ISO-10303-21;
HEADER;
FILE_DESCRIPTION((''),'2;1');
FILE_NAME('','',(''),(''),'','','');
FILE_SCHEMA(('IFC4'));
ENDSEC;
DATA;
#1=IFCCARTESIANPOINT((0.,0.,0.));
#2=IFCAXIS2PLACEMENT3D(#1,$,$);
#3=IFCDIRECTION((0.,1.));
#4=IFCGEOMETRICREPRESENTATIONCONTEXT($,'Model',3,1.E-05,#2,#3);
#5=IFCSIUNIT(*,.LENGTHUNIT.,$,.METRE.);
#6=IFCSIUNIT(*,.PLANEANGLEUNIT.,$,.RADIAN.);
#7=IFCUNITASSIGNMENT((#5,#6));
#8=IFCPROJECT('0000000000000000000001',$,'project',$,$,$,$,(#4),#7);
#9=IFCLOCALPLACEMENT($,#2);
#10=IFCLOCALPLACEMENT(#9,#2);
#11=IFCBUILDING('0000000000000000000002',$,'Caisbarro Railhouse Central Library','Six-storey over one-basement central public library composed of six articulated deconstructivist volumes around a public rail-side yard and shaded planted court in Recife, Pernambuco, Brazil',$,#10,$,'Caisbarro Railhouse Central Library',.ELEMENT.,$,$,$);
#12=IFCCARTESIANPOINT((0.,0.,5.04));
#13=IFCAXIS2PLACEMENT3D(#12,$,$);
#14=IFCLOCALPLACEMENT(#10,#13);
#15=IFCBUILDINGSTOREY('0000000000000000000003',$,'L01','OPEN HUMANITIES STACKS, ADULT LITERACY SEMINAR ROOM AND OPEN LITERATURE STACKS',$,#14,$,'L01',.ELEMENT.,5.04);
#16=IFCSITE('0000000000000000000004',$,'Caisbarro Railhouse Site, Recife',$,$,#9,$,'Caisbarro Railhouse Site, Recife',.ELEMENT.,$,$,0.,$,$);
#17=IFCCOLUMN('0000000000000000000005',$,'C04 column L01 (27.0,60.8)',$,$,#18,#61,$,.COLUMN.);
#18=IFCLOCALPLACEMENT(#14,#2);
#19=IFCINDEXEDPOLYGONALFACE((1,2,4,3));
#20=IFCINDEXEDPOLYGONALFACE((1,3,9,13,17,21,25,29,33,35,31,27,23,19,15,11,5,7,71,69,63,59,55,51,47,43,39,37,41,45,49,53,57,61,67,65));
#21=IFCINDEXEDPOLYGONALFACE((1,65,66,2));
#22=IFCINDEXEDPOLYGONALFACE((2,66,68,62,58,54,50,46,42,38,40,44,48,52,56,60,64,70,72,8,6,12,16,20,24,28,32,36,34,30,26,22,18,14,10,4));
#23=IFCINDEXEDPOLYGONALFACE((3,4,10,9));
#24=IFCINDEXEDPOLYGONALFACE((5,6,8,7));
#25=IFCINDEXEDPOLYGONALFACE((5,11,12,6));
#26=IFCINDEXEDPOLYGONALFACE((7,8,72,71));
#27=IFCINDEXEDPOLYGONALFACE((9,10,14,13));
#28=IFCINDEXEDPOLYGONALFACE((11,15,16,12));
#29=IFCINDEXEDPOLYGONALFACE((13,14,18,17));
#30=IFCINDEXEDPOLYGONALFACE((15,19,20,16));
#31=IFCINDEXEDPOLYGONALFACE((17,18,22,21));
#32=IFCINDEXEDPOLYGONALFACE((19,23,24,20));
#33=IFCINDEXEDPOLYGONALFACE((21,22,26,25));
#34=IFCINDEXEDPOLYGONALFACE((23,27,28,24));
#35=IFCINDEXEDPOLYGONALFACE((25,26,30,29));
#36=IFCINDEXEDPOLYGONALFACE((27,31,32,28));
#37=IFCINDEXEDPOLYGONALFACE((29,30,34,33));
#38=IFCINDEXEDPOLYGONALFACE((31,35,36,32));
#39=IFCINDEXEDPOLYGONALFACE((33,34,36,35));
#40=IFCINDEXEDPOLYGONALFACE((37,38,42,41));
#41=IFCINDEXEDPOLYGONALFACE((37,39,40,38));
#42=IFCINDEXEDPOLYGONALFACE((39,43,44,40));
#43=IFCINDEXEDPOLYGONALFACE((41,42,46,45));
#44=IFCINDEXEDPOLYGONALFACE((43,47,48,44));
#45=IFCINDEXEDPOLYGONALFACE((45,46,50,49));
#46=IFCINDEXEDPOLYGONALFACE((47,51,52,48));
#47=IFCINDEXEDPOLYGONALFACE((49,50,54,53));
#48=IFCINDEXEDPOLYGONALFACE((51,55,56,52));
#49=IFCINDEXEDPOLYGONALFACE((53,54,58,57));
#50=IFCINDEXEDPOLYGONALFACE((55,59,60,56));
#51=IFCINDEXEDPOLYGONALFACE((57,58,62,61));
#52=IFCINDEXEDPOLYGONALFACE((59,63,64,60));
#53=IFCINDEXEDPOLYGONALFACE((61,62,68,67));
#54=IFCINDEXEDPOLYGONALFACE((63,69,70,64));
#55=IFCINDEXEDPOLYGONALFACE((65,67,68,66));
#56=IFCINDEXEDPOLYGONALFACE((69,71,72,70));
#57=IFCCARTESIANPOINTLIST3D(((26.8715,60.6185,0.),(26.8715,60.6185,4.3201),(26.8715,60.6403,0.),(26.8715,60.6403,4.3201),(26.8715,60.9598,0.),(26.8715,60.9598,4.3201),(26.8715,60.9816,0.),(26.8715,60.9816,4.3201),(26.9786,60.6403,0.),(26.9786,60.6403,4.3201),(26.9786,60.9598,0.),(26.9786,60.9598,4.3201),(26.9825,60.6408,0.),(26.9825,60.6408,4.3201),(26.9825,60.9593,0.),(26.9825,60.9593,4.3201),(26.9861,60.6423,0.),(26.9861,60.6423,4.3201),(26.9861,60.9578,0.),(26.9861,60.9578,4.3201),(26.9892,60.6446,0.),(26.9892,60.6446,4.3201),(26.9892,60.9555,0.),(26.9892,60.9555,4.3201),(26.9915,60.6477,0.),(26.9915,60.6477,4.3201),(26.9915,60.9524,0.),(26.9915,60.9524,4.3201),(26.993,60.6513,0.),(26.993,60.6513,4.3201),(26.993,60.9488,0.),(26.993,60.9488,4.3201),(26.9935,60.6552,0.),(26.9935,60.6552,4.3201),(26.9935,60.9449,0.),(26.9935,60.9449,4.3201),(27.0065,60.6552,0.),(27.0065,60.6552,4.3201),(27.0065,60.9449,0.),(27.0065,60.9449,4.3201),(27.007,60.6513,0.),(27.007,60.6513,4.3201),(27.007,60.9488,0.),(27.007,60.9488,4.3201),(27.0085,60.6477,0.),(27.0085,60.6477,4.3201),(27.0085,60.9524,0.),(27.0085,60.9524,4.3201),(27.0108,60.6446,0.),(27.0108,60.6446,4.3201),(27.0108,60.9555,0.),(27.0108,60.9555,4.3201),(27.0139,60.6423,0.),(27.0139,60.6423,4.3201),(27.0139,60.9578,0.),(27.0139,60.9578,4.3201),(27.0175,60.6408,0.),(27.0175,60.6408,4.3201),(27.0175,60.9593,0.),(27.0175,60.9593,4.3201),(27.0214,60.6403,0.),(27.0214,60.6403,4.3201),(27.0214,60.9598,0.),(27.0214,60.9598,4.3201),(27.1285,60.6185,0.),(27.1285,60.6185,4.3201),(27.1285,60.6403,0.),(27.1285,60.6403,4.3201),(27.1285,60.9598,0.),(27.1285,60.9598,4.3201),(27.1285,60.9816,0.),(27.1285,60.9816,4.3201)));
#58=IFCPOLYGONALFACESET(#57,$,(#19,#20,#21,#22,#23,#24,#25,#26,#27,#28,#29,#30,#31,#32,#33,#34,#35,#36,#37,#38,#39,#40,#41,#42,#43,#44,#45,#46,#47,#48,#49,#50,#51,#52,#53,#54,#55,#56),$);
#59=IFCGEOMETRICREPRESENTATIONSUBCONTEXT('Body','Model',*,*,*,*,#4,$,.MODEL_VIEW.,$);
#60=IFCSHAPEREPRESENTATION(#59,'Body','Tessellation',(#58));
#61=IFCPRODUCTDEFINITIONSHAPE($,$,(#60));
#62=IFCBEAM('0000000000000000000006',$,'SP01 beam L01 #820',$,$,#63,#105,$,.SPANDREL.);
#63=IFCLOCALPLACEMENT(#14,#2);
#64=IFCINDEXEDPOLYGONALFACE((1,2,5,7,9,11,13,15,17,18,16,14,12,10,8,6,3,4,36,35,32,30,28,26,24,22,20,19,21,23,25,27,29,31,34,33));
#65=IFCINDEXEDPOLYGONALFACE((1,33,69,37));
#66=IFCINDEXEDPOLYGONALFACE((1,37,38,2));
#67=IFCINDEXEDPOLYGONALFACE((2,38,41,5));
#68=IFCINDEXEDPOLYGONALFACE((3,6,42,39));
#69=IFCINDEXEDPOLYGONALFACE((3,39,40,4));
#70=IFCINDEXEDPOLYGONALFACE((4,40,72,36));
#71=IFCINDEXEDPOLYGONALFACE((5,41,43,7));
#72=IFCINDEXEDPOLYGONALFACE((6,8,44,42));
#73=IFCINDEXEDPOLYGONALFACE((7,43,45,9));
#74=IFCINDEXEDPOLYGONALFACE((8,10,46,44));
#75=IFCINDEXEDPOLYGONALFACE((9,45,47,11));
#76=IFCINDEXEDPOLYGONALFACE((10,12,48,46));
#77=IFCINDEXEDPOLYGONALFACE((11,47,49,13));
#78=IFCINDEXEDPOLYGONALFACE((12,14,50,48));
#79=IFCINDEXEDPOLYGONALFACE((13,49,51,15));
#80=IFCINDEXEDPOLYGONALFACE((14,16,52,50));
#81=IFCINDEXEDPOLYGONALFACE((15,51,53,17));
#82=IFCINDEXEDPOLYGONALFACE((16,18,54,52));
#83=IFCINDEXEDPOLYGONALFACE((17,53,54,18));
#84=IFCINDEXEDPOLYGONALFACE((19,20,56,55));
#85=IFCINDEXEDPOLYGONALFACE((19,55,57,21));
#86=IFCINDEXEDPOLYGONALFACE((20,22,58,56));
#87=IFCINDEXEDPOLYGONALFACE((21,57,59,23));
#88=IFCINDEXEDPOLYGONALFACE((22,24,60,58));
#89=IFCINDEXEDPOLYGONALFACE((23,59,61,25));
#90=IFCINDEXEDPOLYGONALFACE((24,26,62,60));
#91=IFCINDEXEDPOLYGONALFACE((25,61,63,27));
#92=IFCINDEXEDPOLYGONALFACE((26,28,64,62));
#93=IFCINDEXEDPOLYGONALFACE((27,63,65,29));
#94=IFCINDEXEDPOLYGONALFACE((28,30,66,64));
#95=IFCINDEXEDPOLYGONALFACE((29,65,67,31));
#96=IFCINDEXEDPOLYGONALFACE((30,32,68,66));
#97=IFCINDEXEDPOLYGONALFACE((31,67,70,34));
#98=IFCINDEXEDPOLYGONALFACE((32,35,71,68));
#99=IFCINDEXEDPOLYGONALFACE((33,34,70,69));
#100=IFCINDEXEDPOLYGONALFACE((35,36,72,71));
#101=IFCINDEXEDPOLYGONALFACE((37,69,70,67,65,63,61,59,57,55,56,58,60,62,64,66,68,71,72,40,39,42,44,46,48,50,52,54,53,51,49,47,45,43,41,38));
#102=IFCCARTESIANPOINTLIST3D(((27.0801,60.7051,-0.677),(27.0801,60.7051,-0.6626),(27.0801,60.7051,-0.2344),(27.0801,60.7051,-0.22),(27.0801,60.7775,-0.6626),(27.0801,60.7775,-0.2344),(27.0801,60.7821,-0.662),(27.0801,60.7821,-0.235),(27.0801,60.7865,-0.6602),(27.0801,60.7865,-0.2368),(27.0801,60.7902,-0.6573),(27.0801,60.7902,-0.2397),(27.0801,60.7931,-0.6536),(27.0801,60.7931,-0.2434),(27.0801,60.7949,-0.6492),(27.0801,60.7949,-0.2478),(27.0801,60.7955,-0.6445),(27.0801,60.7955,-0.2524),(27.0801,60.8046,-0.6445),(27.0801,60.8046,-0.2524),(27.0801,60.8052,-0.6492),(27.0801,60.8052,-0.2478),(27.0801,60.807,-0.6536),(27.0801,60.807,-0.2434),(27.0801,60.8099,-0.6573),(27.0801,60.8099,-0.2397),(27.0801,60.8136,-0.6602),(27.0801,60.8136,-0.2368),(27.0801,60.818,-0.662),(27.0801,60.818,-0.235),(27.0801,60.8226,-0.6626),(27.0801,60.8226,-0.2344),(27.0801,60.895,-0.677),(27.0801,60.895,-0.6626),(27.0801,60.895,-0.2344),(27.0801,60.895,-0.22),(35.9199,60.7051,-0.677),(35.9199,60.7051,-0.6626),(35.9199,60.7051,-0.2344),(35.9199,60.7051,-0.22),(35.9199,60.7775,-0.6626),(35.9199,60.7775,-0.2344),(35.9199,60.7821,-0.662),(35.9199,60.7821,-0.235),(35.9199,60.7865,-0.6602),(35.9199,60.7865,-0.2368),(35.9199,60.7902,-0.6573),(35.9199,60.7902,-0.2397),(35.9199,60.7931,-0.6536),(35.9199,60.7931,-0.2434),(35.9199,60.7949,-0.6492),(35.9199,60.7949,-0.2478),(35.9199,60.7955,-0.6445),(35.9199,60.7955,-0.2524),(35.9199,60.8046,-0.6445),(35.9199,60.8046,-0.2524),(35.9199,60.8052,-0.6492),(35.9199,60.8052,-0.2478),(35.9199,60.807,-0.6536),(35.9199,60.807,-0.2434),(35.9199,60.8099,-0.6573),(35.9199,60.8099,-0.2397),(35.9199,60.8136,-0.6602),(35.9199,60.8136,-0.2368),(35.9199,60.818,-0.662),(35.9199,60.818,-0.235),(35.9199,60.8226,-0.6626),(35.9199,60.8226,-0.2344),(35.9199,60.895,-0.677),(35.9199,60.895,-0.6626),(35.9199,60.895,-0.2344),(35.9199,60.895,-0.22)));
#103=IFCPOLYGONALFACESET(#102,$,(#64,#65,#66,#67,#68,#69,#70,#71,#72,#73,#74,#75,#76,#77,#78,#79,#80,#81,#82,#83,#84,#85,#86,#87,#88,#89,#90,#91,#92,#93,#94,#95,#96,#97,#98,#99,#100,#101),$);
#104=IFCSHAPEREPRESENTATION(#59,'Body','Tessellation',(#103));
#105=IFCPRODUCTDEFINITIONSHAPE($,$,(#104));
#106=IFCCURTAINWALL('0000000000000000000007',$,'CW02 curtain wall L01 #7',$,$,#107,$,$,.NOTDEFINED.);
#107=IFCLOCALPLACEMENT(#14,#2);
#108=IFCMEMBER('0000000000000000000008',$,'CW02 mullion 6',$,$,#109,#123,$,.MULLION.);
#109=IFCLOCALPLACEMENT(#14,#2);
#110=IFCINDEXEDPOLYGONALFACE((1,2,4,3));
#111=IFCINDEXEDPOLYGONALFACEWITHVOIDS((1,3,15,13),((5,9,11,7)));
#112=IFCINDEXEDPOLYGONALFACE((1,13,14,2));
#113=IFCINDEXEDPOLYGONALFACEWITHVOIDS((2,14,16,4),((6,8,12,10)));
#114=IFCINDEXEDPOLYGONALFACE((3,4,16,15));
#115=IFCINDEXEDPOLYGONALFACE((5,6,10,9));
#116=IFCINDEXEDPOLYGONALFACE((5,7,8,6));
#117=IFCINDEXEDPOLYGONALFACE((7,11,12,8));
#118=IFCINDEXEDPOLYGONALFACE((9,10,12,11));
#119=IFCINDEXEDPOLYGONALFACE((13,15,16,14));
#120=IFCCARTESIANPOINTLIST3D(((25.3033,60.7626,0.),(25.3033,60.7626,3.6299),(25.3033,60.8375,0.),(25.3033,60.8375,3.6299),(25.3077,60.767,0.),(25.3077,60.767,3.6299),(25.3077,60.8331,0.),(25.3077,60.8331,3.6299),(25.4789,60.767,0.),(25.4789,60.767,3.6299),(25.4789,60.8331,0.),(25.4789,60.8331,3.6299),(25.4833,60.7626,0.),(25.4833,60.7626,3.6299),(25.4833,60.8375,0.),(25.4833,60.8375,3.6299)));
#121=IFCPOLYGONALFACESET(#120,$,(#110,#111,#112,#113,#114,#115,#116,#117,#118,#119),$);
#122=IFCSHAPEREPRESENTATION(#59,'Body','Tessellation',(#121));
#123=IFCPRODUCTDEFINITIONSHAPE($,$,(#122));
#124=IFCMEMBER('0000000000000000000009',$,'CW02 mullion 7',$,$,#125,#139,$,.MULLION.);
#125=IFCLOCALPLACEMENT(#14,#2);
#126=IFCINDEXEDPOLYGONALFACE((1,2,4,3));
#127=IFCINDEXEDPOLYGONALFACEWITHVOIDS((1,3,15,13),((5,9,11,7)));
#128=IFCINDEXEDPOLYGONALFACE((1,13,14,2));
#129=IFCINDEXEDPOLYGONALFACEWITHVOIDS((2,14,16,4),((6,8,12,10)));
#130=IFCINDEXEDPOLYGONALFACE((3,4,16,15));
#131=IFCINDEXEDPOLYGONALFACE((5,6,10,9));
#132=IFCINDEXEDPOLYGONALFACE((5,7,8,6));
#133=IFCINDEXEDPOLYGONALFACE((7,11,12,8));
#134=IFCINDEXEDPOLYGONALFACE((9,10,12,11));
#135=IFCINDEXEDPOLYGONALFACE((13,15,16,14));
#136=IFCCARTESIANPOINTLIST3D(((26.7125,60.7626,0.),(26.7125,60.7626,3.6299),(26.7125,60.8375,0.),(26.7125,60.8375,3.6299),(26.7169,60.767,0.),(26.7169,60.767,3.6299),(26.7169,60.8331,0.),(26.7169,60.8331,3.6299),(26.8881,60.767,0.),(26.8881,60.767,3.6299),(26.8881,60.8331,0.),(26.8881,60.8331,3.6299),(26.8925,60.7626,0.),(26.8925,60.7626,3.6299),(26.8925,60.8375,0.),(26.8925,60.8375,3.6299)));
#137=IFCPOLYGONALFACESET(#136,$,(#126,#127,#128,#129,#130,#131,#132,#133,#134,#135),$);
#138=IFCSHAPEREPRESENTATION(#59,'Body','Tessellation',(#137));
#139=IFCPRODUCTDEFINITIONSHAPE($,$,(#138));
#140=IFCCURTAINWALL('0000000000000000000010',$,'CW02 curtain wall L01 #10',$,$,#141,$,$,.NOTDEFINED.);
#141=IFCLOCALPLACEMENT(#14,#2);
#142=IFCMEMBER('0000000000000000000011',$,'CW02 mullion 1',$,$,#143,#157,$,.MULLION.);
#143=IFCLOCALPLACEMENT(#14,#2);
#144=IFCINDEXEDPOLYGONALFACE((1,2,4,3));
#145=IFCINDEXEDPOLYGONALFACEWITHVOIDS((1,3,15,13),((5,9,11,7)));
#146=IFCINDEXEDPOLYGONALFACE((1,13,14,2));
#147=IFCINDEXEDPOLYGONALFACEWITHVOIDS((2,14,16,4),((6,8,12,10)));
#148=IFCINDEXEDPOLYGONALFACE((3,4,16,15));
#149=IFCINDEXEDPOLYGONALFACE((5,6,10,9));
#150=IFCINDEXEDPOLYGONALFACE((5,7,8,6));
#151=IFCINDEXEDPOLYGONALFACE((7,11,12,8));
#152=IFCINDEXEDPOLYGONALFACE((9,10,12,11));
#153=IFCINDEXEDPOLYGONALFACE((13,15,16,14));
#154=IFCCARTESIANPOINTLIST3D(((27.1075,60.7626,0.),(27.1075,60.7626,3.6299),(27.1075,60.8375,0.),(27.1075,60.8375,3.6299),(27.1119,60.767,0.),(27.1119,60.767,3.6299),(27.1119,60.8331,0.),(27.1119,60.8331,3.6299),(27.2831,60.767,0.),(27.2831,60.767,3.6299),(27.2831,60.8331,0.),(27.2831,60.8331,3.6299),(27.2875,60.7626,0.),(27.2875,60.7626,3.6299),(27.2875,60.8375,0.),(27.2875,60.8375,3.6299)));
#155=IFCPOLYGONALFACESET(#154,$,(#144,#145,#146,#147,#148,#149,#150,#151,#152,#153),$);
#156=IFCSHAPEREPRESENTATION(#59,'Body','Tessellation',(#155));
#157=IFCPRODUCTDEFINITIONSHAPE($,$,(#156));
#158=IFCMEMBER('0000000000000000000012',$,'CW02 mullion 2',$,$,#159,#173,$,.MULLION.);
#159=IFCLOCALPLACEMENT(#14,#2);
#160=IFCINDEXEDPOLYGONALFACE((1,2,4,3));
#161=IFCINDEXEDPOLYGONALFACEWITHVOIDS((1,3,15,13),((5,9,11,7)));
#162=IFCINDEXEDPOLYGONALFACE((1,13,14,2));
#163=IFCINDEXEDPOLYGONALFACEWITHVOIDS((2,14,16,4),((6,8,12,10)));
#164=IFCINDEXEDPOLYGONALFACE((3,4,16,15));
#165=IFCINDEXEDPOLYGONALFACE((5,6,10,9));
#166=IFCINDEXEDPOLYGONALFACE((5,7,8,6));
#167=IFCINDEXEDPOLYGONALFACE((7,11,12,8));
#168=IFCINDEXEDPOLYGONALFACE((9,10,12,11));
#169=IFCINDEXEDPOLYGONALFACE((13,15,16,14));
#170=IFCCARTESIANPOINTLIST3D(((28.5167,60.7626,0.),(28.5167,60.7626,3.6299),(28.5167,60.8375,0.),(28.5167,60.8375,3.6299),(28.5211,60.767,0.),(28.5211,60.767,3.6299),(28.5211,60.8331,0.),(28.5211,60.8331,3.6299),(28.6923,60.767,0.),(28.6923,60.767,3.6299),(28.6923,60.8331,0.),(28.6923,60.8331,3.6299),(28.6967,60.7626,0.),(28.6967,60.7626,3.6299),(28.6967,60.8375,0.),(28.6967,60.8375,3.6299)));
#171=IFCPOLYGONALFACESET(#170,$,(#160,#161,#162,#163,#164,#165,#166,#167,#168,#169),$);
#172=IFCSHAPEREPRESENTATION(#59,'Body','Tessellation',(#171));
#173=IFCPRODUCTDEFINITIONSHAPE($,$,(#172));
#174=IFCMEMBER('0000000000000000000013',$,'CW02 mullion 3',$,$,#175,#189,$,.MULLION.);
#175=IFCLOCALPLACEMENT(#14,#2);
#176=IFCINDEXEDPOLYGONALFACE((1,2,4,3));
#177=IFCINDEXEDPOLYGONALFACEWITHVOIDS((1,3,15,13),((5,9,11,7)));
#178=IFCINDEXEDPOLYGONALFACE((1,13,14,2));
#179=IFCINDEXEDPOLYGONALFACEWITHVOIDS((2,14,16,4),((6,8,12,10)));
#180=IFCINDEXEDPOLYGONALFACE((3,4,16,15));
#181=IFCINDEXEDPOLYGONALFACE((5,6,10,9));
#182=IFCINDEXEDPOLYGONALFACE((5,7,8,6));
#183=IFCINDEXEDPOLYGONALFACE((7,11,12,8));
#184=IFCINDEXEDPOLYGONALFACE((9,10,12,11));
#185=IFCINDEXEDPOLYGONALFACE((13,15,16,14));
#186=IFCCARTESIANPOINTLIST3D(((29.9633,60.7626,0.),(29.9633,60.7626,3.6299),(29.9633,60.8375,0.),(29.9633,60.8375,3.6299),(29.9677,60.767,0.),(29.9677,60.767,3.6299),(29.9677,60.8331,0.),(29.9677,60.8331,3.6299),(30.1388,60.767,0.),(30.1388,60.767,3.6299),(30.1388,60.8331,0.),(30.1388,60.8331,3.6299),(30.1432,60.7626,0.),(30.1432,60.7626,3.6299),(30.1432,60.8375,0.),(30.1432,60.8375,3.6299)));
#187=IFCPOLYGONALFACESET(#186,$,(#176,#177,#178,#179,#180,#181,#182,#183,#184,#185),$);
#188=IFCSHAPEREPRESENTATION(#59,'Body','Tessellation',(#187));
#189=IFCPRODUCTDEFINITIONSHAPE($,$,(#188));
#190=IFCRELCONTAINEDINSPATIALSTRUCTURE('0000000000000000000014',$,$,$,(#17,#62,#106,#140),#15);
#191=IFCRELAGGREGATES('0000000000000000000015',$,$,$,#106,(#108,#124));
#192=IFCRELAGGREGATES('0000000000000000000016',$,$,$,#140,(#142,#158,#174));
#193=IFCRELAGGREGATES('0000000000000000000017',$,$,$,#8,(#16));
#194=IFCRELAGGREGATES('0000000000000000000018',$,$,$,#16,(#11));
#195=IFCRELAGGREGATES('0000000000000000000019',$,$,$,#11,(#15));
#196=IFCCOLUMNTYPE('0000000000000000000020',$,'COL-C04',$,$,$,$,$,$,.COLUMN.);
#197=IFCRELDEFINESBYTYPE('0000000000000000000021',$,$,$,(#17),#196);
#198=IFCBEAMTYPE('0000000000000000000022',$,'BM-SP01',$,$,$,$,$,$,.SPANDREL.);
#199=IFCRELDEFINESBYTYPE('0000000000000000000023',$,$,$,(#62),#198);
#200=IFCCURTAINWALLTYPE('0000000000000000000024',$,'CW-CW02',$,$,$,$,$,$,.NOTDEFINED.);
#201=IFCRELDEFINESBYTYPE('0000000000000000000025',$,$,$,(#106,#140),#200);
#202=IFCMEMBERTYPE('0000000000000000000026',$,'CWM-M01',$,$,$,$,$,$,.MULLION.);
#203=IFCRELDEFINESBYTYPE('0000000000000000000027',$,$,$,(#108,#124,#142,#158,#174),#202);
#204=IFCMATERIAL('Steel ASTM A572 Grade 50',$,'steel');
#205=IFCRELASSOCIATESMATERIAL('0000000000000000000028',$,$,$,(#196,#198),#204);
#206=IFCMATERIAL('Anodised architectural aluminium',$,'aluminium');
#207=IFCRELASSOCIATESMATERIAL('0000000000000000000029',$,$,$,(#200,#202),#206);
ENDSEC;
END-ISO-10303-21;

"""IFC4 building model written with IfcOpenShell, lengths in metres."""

from ifc_helpers import new_model, si_unit, direction, frame, origin, origin_2d, place, context, subcontext, project, spatial, hollow_rectangle, i_section, extrude, material, material_profile, profile_set, type_object, element, aggregate, save


model = new_model("IFC4")

# Units and contexts
model_context = context("Model", 3, precision=1e-05, world=origin(), true_north=direction((0.0, 1.0)))
body_context = subcontext(model_context, "Body", "Model", "MODEL_VIEW")
ifc_project = project(units=[si_unit("LENGTHUNIT", "METRE"), si_unit("PLANEANGLEUNIT", "RADIAN")], contexts=[model_context])

# Site, building, storey
site_placement = place(None, origin())
site = spatial("IfcSite", under=ifc_project, at=site_placement, Name="Caisbarro Railhouse Site, Recife", LongName="Caisbarro Railhouse Site, Recife", CompositionType="ELEMENT", RefElevation=0.0)
building_placement = place(site_placement, origin())
building = spatial("IfcBuilding", under=site, at=building_placement, Name="Caisbarro Railhouse Central Library", Description="Six-storey over one-basement central public library composed of six articulated deconstructivist volumes around a public rail-side yard and shaded planted court in Recife, Pernambuco, Brazil", LongName="Caisbarro Railhouse Central Library", CompositionType="ELEMENT")
storey_placement = place(building_placement, frame((0.0, 0.0, 5.04)))
storey = spatial("IfcBuildingStorey", under=building, at=storey_placement, Name="L01", Description="OPEN HUMANITIES STACKS, ADULT LITERACY SEMINAR ROOM AND OPEN LITERATURE STACKS", LongName="L01", CompositionType="ELEMENT", Elevation=5.04)

# Column
ifc_material_1 = material(Name="Steel ASTM A572 Grade 50", Category="steel")
ifc_material_profile_1 = material_profile(ifc_material_1, i_section(OverallWidth=0.2571, OverallDepth=0.363, WebThickness=0.0129, FlangeThickness=0.0217, FilletRadius=0.0149, at=origin_2d()), Name="W360X122.0")
ifc_profile_set_1 = profile_set([ifc_material_profile_1], Name="Steel ASTM A572 Grade 50")
column_type = type_object("IfcColumnType", Name="COL-C04", PredefinedType="COLUMN", material=ifc_profile_set_1)
column_placement = place(storey_placement, frame((27.0, 60.8, 0.0), z_axis=(0.0, 0.0, 1.0), x_axis=(1.0, 0.0, 0.0)))
element("IfcColumn", 1, at=column_placement, inside=storey, type_object=column_type, Name="C04 column L01 (27.0,60.8)", PredefinedType="COLUMN", context=body_context, shape_type="SweptSolid", body=[
    extrude(i_section(OverallWidth=0.2571, OverallDepth=0.363, WebThickness=0.0129, FlangeThickness=0.0217, FilletRadius=0.0149, at=origin_2d()), origin(), (0.0, 0.0, 1.0), 4.3201),
])

# Beam
ifc_material_profile_2 = material_profile(ifc_material_1, i_section(OverallWidth=0.1899, OverallDepth=0.457, WebThickness=0.009, FlangeThickness=0.0144, FilletRadius=0.0181, at=origin_2d()), Name="W460X74.0")
ifc_profile_set_2 = profile_set([ifc_material_profile_2], Name="Steel ASTM A572 Grade 50")
beam_type = type_object("IfcBeamType", Name="BM-SP01", PredefinedType="SPANDREL", material=ifc_profile_set_2)
beam_placement = place(storey_placement, frame((27.0801, 60.8, -0.4485), z_axis=(1.0, 0.0, 0.0), x_axis=(0.0, 1.0, 0.0)))
element("IfcBeam", 2, at=beam_placement, inside=storey, type_object=beam_type, Name="SP01 beam L01 #820", PredefinedType="SPANDREL", context=body_context, shape_type="SweptSolid", body=[
    extrude(i_section(OverallWidth=0.1899, OverallDepth=0.457, WebThickness=0.009, FlangeThickness=0.0144, FilletRadius=0.0181, at=origin_2d()), origin(), (0.0, 0.0, 1.0), 8.8398),
])

# Curtain walls, members
ifc_material_2 = material(Name="Anodised architectural aluminium", Category="aluminium")
curtain_wall_type = type_object("IfcCurtainWallType", Name="CW-CW02", PredefinedType="NOTDEFINED", material=ifc_material_2)
curtain_wall_1_placement = place(storey_placement, origin())
curtain_wall_1 = element("IfcCurtainWall", 3, at=curtain_wall_1_placement, inside=storey, type_object=curtain_wall_type, Name="CW02 curtain wall L01 #7", PredefinedType="NOTDEFINED")
ifc_material_profile_3 = material_profile(ifc_material_2, hollow_rectangle(XDim=0.075, YDim=0.1799, WallThickness=0.0044, at=origin_2d()), Name="ALU-MUL-75X180")
ifc_profile_set_3 = profile_set([ifc_material_profile_3], Name="Anodised architectural aluminium")
member_type_1 = type_object("IfcMemberType", Name="CWM-M01", PredefinedType="MULLION", material=ifc_profile_set_3)
member_1_placement = place(storey_placement, frame((25.3933, 60.8, 0.0), z_axis=(0.0, 0.0, 1.0), x_axis=(0.0, 1.0, 0.0)))
member_1 = element("IfcMember", 4, at=member_1_placement, type_object=member_type_1, Name="CW02 mullion 6", PredefinedType="MULLION", context=body_context, shape_type="SweptSolid", body=[
    extrude(hollow_rectangle(XDim=0.075, YDim=0.1799, WallThickness=0.0044, at=origin_2d()), origin(), (0.0, 0.0, 1.0), 3.6299),
])
member_2_placement = place(storey_placement, frame((26.8025, 60.8, 0.0), z_axis=(0.0, 0.0, 1.0), x_axis=(0.0, 1.0, 0.0)))
member_2 = element("IfcMember", 5, at=member_2_placement, type_object=member_type_1, Name="CW02 mullion 7", PredefinedType="MULLION", context=body_context, shape_type="SweptSolid", body=[
    extrude(hollow_rectangle(XDim=0.075, YDim=0.1799, WallThickness=0.0044, at=origin_2d()), origin(), (0.0, 0.0, 1.0), 3.6299),
])
curtain_wall_2_placement = place(storey_placement, origin())
curtain_wall_2 = element("IfcCurtainWall", 6, at=curtain_wall_2_placement, inside=storey, type_object=curtain_wall_type, Name="CW02 curtain wall L01 #10", PredefinedType="NOTDEFINED")
member_3_placement = place(storey_placement, frame((27.1975, 60.8, 0.0), z_axis=(0.0, 0.0, 1.0), x_axis=(0.0, 1.0, 0.0)))
member_3 = element("IfcMember", 7, at=member_3_placement, type_object=member_type_1, Name="CW02 mullion 1", PredefinedType="MULLION", context=body_context, shape_type="SweptSolid", body=[
    extrude(hollow_rectangle(XDim=0.075, YDim=0.1799, WallThickness=0.0044, at=origin_2d()), origin(), (0.0, 0.0, 1.0), 3.6299),
])
member_4_placement = place(storey_placement, frame((28.6067, 60.8, 0.0), z_axis=(0.0, 0.0, 1.0), x_axis=(0.0, 1.0, 0.0)))
member_4 = element("IfcMember", 8, at=member_4_placement, type_object=member_type_1, Name="CW02 mullion 2", PredefinedType="MULLION", context=body_context, shape_type="SweptSolid", body=[
    extrude(hollow_rectangle(XDim=0.075, YDim=0.1799, WallThickness=0.0044, at=origin_2d()), origin(), (0.0, 0.0, 1.0), 3.6299),
])
member_5_placement = place(storey_placement, frame((30.0532, 60.8, 0.0), z_axis=(0.0, 0.0, 1.0), x_axis=(0.0, 1.0, 0.0)))
member_5 = element("IfcMember", 9, at=member_5_placement, type_object=member_type_1, Name="CW02 mullion 3", PredefinedType="MULLION", context=body_context, shape_type="SweptSolid", body=[
    extrude(hollow_rectangle(XDim=0.075, YDim=0.1799, WallThickness=0.0044, at=origin_2d()), origin(), (0.0, 0.0, 1.0), 3.6299),
])

aggregate(curtain_wall_1, [member_1, member_2])
aggregate(curtain_wall_2, [member_3, member_4, member_5])

save(model, "model.ifc")
